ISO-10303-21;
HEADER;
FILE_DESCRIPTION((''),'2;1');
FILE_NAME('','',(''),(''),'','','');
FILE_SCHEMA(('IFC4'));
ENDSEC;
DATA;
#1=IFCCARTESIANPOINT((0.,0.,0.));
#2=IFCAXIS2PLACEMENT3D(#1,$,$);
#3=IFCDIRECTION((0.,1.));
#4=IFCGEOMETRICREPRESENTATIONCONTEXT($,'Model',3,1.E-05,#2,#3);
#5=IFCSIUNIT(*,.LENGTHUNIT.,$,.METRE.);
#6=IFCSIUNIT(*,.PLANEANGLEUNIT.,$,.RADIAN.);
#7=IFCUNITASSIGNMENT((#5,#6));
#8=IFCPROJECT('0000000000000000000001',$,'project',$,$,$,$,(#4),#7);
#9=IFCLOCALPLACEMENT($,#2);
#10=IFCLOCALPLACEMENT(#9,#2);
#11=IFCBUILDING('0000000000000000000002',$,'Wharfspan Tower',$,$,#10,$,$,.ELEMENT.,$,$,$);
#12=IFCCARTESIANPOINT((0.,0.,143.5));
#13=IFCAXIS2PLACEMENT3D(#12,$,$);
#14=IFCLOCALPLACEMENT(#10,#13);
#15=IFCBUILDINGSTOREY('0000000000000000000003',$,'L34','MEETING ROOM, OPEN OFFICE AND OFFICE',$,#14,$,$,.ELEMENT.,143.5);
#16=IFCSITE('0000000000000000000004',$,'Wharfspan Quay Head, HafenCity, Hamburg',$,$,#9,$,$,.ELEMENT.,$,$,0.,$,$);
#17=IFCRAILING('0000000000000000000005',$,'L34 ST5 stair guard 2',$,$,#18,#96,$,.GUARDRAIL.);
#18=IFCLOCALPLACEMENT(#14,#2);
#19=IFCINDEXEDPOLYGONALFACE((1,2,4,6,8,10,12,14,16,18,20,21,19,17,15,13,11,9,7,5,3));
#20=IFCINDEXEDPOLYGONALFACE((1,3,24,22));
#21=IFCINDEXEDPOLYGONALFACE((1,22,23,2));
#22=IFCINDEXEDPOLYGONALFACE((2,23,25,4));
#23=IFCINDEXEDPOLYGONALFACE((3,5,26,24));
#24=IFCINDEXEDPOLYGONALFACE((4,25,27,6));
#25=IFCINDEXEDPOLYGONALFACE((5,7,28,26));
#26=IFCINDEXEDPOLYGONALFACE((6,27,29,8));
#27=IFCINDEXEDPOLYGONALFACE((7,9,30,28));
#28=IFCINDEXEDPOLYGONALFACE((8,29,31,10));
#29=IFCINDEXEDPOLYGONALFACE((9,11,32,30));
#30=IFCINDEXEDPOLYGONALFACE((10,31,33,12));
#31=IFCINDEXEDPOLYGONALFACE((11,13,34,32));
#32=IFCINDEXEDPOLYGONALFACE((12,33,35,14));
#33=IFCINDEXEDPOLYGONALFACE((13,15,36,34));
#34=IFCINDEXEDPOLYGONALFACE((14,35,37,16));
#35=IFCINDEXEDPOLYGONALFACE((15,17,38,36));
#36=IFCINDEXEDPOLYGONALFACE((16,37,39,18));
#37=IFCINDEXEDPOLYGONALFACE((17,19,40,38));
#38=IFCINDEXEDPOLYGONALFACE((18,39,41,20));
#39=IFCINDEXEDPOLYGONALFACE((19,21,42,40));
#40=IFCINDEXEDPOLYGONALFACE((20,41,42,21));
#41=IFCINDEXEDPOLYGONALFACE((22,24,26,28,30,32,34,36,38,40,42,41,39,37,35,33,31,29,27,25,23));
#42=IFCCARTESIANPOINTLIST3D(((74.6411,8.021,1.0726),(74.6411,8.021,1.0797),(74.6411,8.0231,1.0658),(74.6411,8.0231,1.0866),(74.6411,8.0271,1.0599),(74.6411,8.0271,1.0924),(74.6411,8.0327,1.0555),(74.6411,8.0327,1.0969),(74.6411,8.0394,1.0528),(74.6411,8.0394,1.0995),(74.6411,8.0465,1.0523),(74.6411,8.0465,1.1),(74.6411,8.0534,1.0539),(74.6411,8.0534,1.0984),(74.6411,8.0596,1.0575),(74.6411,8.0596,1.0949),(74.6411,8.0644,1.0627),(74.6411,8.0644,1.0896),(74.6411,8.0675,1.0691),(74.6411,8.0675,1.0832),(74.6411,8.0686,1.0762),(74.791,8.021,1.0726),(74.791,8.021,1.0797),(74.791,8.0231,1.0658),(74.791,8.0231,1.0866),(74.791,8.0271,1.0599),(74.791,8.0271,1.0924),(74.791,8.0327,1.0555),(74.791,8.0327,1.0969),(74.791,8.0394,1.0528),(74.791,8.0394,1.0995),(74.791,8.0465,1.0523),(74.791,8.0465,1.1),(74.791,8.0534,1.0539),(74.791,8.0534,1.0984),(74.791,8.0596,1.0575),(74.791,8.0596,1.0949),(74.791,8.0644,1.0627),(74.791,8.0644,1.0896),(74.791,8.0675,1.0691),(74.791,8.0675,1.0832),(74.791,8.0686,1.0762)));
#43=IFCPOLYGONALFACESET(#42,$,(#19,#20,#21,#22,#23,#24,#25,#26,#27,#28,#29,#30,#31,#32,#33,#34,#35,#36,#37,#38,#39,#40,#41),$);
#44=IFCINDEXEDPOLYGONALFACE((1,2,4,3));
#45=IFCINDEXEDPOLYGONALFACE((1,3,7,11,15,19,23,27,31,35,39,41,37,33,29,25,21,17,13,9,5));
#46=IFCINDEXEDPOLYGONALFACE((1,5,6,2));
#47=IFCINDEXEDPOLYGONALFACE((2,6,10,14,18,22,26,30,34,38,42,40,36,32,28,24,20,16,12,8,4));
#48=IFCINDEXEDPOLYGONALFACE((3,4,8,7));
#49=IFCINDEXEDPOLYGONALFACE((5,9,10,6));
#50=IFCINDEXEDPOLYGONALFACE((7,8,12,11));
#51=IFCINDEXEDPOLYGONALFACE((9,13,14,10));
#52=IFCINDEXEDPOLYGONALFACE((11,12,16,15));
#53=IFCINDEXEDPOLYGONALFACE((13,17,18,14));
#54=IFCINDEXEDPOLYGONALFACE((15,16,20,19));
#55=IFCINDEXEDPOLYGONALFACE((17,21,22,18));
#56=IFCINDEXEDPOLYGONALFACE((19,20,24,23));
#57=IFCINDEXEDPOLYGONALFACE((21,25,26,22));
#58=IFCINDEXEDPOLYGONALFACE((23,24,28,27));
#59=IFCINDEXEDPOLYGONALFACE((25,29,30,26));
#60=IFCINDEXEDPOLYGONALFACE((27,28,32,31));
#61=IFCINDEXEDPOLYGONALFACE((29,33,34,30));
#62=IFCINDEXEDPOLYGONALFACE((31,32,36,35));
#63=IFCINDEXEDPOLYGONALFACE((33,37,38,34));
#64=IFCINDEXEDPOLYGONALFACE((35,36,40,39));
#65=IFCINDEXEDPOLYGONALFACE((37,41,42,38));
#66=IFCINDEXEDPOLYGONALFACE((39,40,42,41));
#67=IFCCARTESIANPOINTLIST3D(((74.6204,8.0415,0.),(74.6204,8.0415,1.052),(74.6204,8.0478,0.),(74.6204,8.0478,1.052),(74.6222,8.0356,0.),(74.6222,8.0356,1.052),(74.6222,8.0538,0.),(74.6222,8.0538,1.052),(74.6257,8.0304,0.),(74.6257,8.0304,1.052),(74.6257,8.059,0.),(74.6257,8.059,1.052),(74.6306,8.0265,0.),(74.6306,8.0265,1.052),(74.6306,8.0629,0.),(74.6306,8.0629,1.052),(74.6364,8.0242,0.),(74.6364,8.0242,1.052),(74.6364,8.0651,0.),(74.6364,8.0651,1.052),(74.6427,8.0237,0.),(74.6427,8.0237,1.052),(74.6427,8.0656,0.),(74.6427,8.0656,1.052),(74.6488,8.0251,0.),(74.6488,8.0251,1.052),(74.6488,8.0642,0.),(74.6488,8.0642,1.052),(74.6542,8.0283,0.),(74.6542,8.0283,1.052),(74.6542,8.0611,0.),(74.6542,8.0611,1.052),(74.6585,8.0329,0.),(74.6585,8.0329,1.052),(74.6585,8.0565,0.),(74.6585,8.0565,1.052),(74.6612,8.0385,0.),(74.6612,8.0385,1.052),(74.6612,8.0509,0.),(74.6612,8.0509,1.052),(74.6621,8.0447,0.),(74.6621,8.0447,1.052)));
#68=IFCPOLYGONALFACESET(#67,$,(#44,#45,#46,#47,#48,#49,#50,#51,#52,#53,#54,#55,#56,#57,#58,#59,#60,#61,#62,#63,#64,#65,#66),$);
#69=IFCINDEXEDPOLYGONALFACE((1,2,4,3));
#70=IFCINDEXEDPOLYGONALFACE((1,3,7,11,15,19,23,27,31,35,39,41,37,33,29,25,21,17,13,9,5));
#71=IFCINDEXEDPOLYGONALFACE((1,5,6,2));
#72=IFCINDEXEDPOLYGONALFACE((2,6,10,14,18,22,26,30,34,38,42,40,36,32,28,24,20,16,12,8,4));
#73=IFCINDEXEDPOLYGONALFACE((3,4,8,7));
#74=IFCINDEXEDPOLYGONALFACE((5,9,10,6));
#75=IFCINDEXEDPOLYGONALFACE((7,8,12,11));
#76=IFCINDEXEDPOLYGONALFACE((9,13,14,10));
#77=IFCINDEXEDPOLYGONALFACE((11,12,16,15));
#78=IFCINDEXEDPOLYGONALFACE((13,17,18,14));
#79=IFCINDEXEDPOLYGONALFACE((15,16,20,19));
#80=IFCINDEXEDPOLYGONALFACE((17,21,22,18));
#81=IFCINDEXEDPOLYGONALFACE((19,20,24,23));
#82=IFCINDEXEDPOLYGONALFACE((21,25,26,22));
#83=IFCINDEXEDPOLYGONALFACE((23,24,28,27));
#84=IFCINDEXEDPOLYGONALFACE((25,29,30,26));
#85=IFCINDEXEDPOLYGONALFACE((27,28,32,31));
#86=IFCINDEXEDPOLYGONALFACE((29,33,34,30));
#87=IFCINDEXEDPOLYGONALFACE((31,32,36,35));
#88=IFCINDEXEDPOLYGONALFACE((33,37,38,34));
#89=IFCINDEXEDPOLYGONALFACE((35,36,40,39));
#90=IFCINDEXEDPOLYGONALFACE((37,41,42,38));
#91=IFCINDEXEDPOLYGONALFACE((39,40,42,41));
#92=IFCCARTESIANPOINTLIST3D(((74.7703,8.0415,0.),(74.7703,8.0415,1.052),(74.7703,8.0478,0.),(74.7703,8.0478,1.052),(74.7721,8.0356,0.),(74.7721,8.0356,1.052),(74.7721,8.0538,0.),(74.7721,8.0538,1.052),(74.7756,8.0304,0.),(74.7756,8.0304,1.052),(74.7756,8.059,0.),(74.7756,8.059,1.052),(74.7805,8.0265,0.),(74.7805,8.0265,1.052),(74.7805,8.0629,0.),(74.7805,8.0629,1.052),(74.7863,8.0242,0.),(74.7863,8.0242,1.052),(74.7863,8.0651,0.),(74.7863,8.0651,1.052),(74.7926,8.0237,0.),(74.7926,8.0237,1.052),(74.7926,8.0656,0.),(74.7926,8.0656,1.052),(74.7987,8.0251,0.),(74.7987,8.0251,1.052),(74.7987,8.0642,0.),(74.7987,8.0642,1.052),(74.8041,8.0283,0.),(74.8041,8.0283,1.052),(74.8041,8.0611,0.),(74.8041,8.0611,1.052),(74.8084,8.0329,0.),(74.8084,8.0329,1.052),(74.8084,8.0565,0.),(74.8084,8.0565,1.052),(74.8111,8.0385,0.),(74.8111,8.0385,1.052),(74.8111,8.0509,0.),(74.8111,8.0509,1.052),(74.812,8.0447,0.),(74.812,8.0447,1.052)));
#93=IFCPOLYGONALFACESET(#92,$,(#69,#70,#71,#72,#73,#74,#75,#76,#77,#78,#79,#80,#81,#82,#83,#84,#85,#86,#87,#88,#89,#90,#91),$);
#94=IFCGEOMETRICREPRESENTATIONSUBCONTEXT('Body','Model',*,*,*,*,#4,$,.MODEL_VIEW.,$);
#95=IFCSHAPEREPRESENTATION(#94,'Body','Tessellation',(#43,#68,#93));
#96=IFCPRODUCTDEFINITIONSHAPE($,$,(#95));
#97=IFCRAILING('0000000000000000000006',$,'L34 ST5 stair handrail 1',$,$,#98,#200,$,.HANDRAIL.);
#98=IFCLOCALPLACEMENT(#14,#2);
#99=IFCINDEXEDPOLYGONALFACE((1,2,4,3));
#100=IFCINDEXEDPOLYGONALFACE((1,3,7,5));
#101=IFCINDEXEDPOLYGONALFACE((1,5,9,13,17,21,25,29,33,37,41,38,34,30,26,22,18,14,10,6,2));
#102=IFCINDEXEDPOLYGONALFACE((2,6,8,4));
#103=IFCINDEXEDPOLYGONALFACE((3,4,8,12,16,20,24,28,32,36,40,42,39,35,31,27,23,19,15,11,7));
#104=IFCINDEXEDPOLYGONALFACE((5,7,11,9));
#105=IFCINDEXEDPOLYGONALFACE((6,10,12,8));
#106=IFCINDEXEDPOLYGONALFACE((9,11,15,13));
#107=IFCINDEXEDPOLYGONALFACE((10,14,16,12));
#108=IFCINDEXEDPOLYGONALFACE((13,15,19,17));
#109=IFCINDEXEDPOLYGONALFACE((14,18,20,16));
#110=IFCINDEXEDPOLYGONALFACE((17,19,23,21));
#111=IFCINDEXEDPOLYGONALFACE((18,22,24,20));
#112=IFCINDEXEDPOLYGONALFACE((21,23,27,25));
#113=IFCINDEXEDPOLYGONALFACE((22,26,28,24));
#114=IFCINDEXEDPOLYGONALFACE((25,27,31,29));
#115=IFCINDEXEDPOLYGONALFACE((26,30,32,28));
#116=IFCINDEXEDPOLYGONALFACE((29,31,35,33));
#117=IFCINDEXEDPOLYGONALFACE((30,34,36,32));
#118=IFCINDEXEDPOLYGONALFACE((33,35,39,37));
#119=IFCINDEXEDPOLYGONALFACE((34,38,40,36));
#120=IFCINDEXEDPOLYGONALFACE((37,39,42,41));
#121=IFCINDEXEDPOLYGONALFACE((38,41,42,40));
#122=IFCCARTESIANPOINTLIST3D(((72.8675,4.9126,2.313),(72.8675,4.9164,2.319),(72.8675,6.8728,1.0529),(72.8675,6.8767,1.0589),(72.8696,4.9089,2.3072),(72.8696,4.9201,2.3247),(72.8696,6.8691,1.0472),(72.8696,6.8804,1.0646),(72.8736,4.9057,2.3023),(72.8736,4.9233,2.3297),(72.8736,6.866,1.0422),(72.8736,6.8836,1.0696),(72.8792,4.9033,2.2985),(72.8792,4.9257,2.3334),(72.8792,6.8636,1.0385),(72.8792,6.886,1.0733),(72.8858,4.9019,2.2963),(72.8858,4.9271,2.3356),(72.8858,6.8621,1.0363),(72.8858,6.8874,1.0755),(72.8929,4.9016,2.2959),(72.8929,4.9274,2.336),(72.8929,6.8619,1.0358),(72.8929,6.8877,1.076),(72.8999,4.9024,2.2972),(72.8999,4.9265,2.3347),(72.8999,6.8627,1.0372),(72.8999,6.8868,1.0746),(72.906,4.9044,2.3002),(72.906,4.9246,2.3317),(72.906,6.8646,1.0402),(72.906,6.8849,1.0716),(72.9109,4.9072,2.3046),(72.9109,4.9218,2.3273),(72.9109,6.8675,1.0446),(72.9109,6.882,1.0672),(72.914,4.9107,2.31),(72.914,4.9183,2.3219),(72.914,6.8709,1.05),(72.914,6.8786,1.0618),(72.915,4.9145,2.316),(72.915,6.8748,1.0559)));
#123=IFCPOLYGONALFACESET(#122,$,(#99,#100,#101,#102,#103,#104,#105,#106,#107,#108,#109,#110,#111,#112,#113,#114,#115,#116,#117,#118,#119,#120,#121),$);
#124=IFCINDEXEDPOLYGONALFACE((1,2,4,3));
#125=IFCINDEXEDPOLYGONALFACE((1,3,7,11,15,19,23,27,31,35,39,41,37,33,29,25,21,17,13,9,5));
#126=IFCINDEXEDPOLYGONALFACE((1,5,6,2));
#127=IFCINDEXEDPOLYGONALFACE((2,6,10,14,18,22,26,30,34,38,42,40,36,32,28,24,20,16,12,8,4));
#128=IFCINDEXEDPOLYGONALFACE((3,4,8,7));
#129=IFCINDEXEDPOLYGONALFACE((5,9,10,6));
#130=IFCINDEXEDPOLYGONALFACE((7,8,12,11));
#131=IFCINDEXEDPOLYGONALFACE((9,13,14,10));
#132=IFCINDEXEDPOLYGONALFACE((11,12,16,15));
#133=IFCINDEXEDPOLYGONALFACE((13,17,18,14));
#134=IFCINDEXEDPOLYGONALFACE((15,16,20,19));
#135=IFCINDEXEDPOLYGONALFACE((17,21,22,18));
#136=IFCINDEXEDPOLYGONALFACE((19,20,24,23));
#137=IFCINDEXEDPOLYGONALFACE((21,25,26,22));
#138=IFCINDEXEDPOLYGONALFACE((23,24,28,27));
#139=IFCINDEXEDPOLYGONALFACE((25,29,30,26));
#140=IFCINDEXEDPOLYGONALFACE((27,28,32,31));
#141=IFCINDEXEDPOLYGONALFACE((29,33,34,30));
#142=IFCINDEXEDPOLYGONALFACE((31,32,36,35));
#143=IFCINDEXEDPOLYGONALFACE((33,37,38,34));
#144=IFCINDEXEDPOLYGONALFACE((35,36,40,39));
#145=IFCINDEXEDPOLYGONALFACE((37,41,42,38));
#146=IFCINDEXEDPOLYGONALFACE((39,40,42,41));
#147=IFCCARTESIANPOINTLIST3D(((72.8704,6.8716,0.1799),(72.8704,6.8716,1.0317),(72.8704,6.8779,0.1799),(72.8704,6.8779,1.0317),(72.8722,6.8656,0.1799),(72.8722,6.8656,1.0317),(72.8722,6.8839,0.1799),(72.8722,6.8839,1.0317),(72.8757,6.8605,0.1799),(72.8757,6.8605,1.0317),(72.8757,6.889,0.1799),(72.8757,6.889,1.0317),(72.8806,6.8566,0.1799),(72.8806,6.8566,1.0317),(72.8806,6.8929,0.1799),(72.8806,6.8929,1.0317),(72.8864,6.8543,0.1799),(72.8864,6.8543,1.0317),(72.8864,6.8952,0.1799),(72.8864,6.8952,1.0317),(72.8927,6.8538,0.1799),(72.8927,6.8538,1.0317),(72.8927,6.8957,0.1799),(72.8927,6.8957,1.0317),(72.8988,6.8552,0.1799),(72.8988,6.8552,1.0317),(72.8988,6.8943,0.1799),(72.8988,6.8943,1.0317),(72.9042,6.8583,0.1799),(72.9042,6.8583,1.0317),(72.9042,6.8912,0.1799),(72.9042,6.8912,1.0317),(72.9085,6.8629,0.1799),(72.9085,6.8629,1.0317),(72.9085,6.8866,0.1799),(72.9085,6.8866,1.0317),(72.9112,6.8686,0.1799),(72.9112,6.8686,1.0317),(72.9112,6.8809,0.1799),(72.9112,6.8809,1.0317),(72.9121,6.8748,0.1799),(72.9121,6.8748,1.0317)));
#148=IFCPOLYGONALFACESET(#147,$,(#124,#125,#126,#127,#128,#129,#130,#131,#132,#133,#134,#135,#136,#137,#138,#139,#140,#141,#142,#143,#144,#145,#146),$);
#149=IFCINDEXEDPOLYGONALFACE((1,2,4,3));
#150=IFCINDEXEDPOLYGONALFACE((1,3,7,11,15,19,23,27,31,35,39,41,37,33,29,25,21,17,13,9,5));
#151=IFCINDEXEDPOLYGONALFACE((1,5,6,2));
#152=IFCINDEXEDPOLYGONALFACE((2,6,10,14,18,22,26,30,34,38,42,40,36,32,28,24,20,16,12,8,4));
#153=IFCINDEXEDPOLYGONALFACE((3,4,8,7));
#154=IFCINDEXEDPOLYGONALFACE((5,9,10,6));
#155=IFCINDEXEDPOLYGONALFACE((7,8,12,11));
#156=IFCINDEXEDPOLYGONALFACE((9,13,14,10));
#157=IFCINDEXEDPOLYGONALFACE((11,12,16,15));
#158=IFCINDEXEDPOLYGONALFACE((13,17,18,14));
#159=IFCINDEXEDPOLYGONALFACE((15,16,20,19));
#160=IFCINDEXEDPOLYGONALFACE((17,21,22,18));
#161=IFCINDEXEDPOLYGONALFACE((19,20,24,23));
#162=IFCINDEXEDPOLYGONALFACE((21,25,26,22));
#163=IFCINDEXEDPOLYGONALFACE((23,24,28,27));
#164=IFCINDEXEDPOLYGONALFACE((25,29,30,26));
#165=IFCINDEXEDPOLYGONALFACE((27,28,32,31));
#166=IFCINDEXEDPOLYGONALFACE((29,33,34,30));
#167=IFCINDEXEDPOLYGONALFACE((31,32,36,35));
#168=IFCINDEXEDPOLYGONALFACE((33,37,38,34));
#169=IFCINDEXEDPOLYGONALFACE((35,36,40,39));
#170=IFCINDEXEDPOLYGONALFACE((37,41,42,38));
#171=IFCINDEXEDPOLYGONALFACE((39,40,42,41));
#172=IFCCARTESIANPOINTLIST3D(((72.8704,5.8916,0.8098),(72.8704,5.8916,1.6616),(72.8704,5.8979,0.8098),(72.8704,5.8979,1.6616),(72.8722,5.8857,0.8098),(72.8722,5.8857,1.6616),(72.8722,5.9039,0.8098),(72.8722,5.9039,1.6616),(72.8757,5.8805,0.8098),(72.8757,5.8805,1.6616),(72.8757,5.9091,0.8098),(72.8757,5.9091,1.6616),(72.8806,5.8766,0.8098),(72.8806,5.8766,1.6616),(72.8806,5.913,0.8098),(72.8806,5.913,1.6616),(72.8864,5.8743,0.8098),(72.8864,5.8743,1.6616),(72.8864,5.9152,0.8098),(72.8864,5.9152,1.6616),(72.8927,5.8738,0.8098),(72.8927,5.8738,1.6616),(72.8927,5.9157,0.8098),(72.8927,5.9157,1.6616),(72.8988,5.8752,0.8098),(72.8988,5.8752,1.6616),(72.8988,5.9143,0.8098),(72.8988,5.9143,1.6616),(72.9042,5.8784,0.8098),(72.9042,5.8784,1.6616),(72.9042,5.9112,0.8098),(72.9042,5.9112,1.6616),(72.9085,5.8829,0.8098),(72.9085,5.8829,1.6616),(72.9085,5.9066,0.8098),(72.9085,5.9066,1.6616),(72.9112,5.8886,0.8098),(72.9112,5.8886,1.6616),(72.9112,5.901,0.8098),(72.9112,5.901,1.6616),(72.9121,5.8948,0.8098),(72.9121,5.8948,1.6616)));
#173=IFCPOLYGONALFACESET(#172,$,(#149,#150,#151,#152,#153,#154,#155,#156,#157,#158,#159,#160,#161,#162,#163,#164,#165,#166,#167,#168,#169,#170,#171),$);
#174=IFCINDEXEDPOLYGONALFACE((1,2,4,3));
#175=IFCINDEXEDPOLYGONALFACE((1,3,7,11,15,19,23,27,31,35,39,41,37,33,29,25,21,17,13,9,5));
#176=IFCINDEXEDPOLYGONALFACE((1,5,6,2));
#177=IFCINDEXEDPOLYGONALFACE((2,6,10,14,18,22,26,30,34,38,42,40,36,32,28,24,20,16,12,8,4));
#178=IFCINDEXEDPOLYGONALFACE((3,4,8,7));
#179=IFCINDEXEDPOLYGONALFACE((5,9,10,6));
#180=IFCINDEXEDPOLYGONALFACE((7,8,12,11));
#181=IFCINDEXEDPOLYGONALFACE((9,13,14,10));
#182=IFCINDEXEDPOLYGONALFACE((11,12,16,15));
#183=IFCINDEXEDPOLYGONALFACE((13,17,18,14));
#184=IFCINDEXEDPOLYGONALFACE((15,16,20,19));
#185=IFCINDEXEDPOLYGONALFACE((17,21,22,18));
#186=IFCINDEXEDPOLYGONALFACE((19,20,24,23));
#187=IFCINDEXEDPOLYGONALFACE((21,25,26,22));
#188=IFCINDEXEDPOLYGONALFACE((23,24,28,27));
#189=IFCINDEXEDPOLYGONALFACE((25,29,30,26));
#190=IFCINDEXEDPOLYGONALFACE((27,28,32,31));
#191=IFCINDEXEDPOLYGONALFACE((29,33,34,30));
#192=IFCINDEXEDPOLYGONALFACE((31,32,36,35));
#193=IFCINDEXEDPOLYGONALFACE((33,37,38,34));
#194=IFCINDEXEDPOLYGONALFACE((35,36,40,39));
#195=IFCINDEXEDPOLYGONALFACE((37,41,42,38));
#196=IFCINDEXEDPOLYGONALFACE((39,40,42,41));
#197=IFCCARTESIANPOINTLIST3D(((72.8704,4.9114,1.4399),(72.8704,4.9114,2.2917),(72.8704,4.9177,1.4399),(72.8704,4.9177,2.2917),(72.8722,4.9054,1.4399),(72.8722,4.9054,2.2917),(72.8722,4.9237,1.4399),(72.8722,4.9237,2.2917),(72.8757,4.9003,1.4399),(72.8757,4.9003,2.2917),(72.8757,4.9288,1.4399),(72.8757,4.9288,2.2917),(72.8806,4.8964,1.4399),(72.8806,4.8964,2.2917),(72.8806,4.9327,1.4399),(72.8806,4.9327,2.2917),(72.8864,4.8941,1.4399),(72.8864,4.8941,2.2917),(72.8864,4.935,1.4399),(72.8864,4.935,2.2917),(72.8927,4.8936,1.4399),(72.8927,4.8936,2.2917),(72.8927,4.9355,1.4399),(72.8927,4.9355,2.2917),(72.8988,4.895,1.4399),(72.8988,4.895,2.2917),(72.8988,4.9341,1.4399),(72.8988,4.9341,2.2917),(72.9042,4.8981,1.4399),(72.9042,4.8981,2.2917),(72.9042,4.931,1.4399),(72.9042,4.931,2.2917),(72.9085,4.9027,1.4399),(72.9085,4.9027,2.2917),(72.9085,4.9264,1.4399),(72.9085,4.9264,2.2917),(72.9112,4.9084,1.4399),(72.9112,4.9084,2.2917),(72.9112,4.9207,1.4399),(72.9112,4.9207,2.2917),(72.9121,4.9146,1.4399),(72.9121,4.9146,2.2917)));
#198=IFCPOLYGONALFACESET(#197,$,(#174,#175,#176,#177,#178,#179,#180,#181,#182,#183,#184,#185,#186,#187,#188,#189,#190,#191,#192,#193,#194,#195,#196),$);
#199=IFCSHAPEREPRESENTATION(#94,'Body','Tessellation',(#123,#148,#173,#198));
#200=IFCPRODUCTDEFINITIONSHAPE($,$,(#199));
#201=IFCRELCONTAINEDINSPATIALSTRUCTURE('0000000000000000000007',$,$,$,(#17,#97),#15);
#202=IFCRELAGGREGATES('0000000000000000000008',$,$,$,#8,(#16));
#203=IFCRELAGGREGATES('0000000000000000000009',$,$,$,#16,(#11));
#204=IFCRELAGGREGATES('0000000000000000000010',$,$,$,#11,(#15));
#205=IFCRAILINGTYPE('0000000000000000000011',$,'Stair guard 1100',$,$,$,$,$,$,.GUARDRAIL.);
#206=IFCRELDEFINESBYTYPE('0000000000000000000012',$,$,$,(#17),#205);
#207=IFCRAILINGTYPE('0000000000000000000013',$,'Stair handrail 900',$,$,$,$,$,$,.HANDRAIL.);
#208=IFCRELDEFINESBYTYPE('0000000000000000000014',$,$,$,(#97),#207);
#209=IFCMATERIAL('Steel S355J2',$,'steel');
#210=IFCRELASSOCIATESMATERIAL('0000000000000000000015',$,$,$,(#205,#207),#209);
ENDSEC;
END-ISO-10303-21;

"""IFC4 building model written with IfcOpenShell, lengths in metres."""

from ifc_helpers import new_model, si_unit, direction, frame, origin, origin_2d, place, context, subcontext, project, spatial, circle, extrude, material, type_object, element, save


model = new_model("IFC4")

# Units and contexts
model_context = context("Model", 3, precision=1e-05, world=origin(), true_north=direction((0.0, 1.0)))
body_context = subcontext(model_context, "Body", "Model", "MODEL_VIEW")
ifc_project = project(units=[si_unit("LENGTHUNIT", "METRE"), si_unit("PLANEANGLEUNIT", "RADIAN")], contexts=[model_context])

# Site, building, storey
site_placement = place(None, origin())
site = spatial("IfcSite", under=ifc_project, at=site_placement, Name="Wharfspan Quay Head, HafenCity, Hamburg", CompositionType="ELEMENT", RefElevation=0.0)
building_placement = place(site_placement, origin())
building = spatial("IfcBuilding", under=site, at=building_placement, Name="Wharfspan Tower", CompositionType="ELEMENT")
storey_placement = place(building_placement, frame((0.0, 0.0, 143.5)))
storey = spatial("IfcBuildingStorey", under=building, at=storey_placement, Name="L34", Description="MEETING ROOM, OPEN OFFICE AND OFFICE", CompositionType="ELEMENT", Elevation=143.5)

# Railings
ifc_material_1 = material(Name="Steel S355J2", Category="steel")
railing_type_1 = type_object("IfcRailingType", Name="Stair guard 1100", PredefinedType="GUARDRAIL", material=ifc_material_1)
railing_1_placement = place(storey_placement, frame((74.6411, 8.0447, 0.0)))
element("IfcRailing", 1, at=railing_1_placement, inside=storey, type_object=railing_type_1, Name="L34 ST5 stair guard 2", PredefinedType="GUARDRAIL", context=body_context, shape_type="SweptSolid", body=[
    extrude(circle(Radius=0.0239, at=origin_2d()), frame((0.0, 0.0, 1.0762), z_axis=(1.0, 0.0, 0.0), x_axis=(0.0, 1.0, 0.0)), (0.0, 0.0, 1.0), 0.1499),
    extrude(circle(Radius=0.021, at=origin_2d()), origin(), (0.0, 0.0, 1.0), 1.052),
    extrude(circle(Radius=0.021, at=origin_2d()), frame((0.1499, 0.0, 0.0)), (0.0, 0.0, 1.0), 1.052),
])
railing_type_2 = type_object("IfcRailingType", Name="Stair handrail 900", PredefinedType="HANDRAIL", material=ifc_material_1)
railing_2_placement = place(storey_placement, frame((72.8911, 6.8748, 0.1799)))
element("IfcRailing", 2, at=railing_2_placement, inside=storey, type_object=railing_type_2, Name="L34 ST5 stair handrail 1", PredefinedType="HANDRAIL", context=body_context, shape_type="SweptSolid", body=[
    extrude(circle(Radius=0.0239, at=origin_2d()), frame((0.0, 0.0, 0.876), z_axis=(0.0, -0.841202, 0.540721), x_axis=(1.0, 0.0, 0.0)), (0.0, 0.0, 1.0), 2.3303),
    extrude(circle(Radius=0.021, at=origin_2d()), origin(), (0.0, 0.0, 1.0), 0.8518),
    extrude(circle(Radius=0.021, at=origin_2d()), frame((0.0, -0.98, 0.6299)), (0.0, 0.0, 1.0), 0.8518),
    extrude(circle(Radius=0.021, at=origin_2d()), frame((0.0, -1.9602, 1.26)), (0.0, 0.0, 1.0), 0.8518),
])

save(model, "model.ifc")
